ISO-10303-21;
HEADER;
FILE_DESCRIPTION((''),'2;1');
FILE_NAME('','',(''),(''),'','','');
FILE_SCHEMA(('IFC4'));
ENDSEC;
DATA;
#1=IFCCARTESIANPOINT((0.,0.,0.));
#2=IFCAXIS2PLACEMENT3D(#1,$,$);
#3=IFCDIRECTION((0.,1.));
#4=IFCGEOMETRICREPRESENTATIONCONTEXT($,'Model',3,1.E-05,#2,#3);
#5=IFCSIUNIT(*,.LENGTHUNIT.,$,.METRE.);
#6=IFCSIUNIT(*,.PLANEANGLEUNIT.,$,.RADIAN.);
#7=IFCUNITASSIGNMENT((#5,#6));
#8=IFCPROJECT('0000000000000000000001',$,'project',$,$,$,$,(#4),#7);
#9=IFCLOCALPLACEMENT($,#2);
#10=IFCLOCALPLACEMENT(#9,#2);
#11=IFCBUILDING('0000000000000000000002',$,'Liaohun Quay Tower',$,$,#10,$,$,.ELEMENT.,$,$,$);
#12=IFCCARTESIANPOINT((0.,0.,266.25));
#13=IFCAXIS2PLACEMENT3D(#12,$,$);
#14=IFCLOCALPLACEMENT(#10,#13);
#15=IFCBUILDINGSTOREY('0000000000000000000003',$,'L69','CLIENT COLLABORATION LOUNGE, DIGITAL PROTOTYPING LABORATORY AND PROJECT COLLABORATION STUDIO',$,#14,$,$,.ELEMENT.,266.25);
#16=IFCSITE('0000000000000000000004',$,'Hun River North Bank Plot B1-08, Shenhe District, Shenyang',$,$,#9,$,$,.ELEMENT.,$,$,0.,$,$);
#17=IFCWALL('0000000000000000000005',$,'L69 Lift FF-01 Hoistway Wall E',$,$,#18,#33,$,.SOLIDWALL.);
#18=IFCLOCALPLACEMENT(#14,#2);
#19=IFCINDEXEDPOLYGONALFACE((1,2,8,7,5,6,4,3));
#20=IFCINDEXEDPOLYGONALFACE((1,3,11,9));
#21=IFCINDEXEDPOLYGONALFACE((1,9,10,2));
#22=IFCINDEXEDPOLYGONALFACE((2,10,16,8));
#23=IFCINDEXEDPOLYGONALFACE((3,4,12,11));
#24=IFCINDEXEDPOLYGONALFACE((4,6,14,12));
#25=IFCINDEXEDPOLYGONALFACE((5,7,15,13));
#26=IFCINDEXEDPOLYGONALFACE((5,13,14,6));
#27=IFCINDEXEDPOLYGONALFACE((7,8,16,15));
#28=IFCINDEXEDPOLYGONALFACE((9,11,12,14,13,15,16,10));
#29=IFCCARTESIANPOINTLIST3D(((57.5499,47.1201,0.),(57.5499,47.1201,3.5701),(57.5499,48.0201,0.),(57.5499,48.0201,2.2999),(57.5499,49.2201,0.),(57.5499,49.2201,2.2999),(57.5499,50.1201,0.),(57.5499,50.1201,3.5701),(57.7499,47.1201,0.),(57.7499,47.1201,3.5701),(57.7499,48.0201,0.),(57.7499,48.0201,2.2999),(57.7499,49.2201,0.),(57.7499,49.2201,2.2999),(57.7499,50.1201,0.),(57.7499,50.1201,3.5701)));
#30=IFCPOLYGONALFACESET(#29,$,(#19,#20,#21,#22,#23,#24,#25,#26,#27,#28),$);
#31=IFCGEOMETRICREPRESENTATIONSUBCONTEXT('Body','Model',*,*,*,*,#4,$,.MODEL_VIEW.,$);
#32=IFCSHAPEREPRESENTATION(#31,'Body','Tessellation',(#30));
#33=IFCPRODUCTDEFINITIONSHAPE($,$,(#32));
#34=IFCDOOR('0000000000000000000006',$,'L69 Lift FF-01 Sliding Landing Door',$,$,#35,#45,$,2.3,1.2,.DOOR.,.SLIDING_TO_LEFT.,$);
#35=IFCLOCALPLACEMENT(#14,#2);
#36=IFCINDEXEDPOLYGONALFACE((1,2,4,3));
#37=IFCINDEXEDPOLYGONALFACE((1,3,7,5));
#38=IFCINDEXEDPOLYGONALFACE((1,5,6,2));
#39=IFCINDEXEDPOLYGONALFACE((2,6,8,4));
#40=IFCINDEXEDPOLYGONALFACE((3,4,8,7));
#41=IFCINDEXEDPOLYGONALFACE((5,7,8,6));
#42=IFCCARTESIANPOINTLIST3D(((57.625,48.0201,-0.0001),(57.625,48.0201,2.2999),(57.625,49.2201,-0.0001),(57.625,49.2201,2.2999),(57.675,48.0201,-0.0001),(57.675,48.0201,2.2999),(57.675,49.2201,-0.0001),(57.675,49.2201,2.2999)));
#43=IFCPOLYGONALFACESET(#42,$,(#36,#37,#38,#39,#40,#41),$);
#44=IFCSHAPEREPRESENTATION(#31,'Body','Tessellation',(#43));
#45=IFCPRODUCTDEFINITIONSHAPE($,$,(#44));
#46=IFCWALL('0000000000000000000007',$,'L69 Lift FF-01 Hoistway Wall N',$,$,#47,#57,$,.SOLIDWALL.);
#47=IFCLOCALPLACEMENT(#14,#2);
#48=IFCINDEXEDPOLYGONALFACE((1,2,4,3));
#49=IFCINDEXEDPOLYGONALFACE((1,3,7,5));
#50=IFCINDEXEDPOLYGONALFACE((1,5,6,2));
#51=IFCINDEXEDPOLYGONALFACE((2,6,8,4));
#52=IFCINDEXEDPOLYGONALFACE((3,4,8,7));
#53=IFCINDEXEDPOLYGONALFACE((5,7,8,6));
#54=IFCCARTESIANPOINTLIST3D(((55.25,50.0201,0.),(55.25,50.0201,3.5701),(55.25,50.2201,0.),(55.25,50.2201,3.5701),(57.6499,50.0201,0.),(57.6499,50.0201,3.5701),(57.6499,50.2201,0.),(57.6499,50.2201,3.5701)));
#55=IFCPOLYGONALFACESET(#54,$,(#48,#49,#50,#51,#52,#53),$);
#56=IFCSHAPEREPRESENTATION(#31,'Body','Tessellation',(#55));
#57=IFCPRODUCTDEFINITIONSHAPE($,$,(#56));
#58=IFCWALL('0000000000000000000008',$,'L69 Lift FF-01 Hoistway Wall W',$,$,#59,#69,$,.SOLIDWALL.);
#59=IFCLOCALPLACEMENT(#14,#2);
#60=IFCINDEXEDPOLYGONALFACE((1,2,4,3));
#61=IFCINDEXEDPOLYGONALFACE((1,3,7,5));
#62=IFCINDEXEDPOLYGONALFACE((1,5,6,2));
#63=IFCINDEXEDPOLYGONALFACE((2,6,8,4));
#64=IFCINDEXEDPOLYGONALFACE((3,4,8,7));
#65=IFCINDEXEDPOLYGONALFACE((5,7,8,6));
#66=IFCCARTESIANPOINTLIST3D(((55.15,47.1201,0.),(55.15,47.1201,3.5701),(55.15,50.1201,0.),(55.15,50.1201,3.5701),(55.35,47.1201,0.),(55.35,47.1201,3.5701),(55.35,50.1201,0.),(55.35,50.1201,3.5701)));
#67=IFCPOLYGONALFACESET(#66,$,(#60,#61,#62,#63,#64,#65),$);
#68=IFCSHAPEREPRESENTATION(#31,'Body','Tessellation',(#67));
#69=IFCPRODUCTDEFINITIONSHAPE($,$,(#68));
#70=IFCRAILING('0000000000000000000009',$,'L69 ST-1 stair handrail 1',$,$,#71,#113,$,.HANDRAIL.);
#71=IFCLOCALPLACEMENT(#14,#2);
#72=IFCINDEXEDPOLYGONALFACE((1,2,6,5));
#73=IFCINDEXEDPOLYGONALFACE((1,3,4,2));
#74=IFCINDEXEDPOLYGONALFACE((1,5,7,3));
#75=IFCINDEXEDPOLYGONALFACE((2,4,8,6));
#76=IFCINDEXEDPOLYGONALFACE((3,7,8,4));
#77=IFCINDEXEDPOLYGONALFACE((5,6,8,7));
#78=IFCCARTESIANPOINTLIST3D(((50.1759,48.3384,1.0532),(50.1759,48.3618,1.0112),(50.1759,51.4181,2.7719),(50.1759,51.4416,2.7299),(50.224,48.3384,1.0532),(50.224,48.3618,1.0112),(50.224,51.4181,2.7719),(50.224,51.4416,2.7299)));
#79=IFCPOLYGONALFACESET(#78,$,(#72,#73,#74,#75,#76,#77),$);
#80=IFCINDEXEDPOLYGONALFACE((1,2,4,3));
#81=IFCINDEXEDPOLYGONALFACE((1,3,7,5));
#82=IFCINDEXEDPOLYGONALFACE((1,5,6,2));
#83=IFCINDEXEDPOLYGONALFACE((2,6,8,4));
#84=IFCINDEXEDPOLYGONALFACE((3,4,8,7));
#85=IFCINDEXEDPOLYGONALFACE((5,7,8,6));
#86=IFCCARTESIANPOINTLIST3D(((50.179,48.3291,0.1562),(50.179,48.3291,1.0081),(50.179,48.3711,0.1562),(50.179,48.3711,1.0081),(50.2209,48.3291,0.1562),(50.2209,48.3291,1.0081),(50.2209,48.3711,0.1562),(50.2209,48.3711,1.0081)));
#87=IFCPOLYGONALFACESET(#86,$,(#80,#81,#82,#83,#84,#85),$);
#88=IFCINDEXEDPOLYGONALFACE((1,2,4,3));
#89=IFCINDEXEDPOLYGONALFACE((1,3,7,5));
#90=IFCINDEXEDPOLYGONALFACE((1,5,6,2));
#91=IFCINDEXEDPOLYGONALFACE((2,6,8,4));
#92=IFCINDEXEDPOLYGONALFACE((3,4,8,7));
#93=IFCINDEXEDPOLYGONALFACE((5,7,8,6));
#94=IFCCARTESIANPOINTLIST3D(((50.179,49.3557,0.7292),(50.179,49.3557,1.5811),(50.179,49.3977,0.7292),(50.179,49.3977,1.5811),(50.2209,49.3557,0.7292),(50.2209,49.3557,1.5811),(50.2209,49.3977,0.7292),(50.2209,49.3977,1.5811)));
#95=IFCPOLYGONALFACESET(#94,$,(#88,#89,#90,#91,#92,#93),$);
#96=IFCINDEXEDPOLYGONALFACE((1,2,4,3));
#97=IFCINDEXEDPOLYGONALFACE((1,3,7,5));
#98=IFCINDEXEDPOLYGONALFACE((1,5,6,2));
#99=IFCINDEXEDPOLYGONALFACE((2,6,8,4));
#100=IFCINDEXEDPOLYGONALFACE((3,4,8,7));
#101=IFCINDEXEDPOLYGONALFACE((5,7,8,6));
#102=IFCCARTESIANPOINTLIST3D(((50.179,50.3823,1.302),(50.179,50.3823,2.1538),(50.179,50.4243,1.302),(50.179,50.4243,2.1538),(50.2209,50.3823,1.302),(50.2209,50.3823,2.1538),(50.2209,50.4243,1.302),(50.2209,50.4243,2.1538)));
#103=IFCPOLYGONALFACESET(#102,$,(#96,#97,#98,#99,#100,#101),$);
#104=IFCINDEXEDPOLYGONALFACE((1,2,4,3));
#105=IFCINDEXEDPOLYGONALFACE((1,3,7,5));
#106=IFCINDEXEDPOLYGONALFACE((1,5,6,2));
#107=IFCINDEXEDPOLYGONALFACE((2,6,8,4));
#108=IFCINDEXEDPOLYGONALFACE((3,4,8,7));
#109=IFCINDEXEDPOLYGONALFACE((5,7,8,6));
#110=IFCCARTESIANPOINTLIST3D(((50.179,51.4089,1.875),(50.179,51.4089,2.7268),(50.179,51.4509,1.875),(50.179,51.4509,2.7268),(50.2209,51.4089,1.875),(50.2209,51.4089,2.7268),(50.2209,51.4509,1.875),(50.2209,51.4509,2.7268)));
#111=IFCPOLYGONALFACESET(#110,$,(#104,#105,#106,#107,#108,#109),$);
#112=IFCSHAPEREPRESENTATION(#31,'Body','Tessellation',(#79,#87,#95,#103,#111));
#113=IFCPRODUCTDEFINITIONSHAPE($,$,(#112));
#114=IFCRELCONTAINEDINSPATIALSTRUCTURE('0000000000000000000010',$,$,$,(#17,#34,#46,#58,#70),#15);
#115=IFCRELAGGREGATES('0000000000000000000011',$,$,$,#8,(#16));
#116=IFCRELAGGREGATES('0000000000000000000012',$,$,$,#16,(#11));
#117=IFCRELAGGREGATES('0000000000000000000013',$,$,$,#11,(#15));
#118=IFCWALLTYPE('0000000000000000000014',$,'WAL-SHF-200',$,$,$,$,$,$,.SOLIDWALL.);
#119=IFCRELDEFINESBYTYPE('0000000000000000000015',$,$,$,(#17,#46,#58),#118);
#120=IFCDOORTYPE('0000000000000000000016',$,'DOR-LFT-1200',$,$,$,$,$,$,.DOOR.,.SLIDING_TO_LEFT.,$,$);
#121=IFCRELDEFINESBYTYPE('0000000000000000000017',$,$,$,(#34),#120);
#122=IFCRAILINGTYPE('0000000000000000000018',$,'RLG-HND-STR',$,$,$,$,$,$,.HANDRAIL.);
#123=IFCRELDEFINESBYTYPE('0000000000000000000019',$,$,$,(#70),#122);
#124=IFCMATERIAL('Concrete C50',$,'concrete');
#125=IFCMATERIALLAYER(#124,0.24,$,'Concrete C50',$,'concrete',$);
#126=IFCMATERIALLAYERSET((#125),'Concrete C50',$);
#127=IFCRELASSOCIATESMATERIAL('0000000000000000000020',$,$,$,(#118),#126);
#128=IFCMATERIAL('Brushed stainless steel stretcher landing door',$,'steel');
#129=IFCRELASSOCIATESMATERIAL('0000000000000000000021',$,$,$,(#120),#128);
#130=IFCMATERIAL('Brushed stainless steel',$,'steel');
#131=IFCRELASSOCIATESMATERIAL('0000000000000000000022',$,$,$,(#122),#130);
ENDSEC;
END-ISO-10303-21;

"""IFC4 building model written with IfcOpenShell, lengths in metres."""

from ifc_helpers import new_model, si_unit, direction, frame, frame_2d, origin, origin_2d, place, context, subcontext, project, spatial, rectangle, extrude, source, transform, mapped, material, layer, layer_set, type_object, element, fill, save


model = new_model("IFC4")

# Units and contexts
model_context = context("Model", 3, precision=1e-05, world=origin(), true_north=direction((0.0, 1.0)))
body_context = subcontext(model_context, "Body", "Model", "MODEL_VIEW")
ifc_project = project(units=[si_unit("LENGTHUNIT", "METRE"), si_unit("PLANEANGLEUNIT", "RADIAN")], contexts=[model_context])

# Site, building, storey
site_placement = place(None, origin())
site = spatial("IfcSite", under=ifc_project, at=site_placement, Name="Hun River North Bank Plot B1-08, Shenhe District, Shenyang", CompositionType="ELEMENT", RefElevation=0.0)
building_placement = place(site_placement, origin())
building = spatial("IfcBuilding", under=site, at=building_placement, Name="Liaohun Quay Tower", CompositionType="ELEMENT")
storey_placement = place(building_placement, frame((0.0, 0.0, 266.25)))
storey = spatial("IfcBuildingStorey", under=building, at=storey_placement, Name="L69", Description="CLIENT COLLABORATION LOUNGE, DIGITAL PROTOTYPING LABORATORY AND PROJECT COLLABORATION STUDIO", CompositionType="ELEMENT", Elevation=266.25)

# Shared definitions
ifc_material_1 = material(Name="Concrete C50", Category="concrete")

# Shared definitions
ifc_layer_1 = layer(ifc_material_1, 0.24, Name="Concrete C50", Category="concrete")
ifc_layer_set_1 = layer_set([ifc_layer_1], Name="Concrete C50")
wall_type_1 = type_object("IfcWallType", Name="WAL-SHF-200", PredefinedType="SOLIDWALL", material=ifc_layer_set_1)

# Wall, opening, door
wall_1_placement = place(storey_placement, frame((57.6499, 47.1201, 0.0), z_axis=(0.0, 0.0, 1.0), x_axis=(0.0, 1.0, 0.0)))
wall_1 = element("IfcWall", 1, at=wall_1_placement, inside=storey, type_object=wall_type_1, Name="L69 Lift FF-01 Hoistway Wall E", PredefinedType="SOLIDWALL", context=body_context, shape_type="SweptSolid", body=[
    extrude(rectangle(XDim=3.0, YDim=0.2, at=frame_2d((1.5, 0.0))), origin(), (0.0, 0.0, 1.0), 3.5701),
])
shared_shape_1 = source(origin(), body_context, "Body", "SweptSolid", [
    extrude(rectangle(XDim=1.2, YDim=2.3, at=frame_2d((0.6001, 1.1499))), frame((0.0, 0.1099, 0.0), z_axis=(0.0, -1.0, 0.0), x_axis=(1.0, 0.0, 0.0)), (0.0, 0.0, 1.0), 0.22),
])
opening_1_placement = place(wall_1_placement, frame((0.8999, 0.0, 0.0)))
opening_1 = element("IfcOpeningElement", 2, at=opening_1_placement, cuts=wall_1, PredefinedType="OPENING", context=body_context, shape_type="MappedRepresentation", body=[
    mapped(shared_shape_1, transform((0.0, 0.0, 0.0), x_axis=(1.0, 0.0, 0.0), y_axis=(0.0, 1.0, 0.0), z_axis=(0.0, 0.0, 1.0), scale=1.0)),
])
ifc_material_2 = material(Name="Brushed stainless steel stretcher landing door", Category="steel")
door_type_1 = type_object("IfcDoorType", Name="DOR-LFT-1200", OperationType="SLIDING_TO_LEFT", PredefinedType="DOOR", material=ifc_material_2)
shared_shape_2 = source(origin(), body_context, "Body", "SweptSolid", [
    extrude(rectangle(XDim=1.2, YDim=2.3, at=frame_2d((0.6001, 1.1499))), frame((0.0, 0.0249, 0.0), z_axis=(0.0, -1.0, 0.0), x_axis=(1.0, 0.0, 0.0)), (0.0, 0.0, 1.0), 0.05),
])
door_1_placement = place(opening_1_placement, origin())
door_1 = element("IfcDoor", 3, at=door_1_placement, inside=storey, type_object=door_type_1, Name="L69 Lift FF-01 Sliding Landing Door", OperationType="SLIDING_TO_LEFT", OverallHeight=2.3, OverallWidth=1.2, PredefinedType="DOOR", context=body_context, shape_type="MappedRepresentation", body=[
    mapped(shared_shape_2, transform((0.0, 0.0, 0.0), x_axis=(1.0, 0.0, 0.0), y_axis=(0.0, 1.0, 0.0), z_axis=(0.0, 0.0, 1.0), scale=1.0)),
])
fill(opening_1, door_1)

# Walls
wall_2_placement = place(storey_placement, frame((57.6499, 50.1201, 0.0), z_axis=(0.0, 0.0, 1.0), x_axis=(-1.0, 0.0, 0.0)))
element("IfcWall", 4, at=wall_2_placement, inside=storey, type_object=wall_type_1, Name="L69 Lift FF-01 Hoistway Wall N", PredefinedType="SOLIDWALL", context=body_context, shape_type="SweptSolid", body=[
    extrude(rectangle(XDim=2.3999, YDim=0.2, at=frame_2d((1.2, 0.0))), origin(), (0.0, 0.0, 1.0), 3.5701),
])
wall_3_placement = place(storey_placement, frame((55.25, 50.1201, 0.0), z_axis=(0.0, 0.0, 1.0), x_axis=(0.0, -1.0, 0.0)))
element("IfcWall", 5, at=wall_3_placement, inside=storey, type_object=wall_type_1, Name="L69 Lift FF-01 Hoistway Wall W", PredefinedType="SOLIDWALL", context=body_context, shape_type="SweptSolid", body=[
    extrude(rectangle(XDim=3.0, YDim=0.2, at=frame_2d((1.5, 0.0))), origin(), (0.0, 0.0, 1.0), 3.5701),
])

# Railing
ifc_material_3 = material(Name="Brushed stainless steel", Category="steel")
railing_type = type_object("IfcRailingType", Name="RLG-HND-STR", PredefinedType="HANDRAIL", material=ifc_material_3)
railing_placement = place(storey_placement, frame((50.2, 48.3501, 0.1562)))
element("IfcRailing", 6, at=railing_placement, inside=storey, type_object=railing_type, Name="L69 ST-1 stair handrail 1", PredefinedType="HANDRAIL", context=body_context, shape_type="SweptSolid", body=[
    extrude(rectangle(XDim=0.0481, YDim=0.0481, at=origin_2d()), frame((0.0, 0.0, 0.876), z_axis=(0.0, 0.873225, 0.487317), x_axis=(-1.0, 0.0, 0.0)), (0.0, 0.0, 1.0), 3.5269),
    extrude(rectangle(XDim=0.042, YDim=0.042, at=origin_2d()), origin(), (0.0, 0.0, 1.0), 0.8518),
    extrude(rectangle(XDim=0.042, YDim=0.042, at=origin_2d()), frame((0.0, 1.0266, 0.573)), (0.0, 0.0, 1.0), 0.8518),
    extrude(rectangle(XDim=0.042, YDim=0.042, at=origin_2d()), frame((0.0, 2.0532, 1.1458)), (0.0, 0.0, 1.0), 0.8518),
    extrude(rectangle(XDim=0.042, YDim=0.042, at=origin_2d()), frame((0.0, 3.0798, 1.7188)), (0.0, 0.0, 1.0), 0.8518),
])

save(model, "model.ifc")
